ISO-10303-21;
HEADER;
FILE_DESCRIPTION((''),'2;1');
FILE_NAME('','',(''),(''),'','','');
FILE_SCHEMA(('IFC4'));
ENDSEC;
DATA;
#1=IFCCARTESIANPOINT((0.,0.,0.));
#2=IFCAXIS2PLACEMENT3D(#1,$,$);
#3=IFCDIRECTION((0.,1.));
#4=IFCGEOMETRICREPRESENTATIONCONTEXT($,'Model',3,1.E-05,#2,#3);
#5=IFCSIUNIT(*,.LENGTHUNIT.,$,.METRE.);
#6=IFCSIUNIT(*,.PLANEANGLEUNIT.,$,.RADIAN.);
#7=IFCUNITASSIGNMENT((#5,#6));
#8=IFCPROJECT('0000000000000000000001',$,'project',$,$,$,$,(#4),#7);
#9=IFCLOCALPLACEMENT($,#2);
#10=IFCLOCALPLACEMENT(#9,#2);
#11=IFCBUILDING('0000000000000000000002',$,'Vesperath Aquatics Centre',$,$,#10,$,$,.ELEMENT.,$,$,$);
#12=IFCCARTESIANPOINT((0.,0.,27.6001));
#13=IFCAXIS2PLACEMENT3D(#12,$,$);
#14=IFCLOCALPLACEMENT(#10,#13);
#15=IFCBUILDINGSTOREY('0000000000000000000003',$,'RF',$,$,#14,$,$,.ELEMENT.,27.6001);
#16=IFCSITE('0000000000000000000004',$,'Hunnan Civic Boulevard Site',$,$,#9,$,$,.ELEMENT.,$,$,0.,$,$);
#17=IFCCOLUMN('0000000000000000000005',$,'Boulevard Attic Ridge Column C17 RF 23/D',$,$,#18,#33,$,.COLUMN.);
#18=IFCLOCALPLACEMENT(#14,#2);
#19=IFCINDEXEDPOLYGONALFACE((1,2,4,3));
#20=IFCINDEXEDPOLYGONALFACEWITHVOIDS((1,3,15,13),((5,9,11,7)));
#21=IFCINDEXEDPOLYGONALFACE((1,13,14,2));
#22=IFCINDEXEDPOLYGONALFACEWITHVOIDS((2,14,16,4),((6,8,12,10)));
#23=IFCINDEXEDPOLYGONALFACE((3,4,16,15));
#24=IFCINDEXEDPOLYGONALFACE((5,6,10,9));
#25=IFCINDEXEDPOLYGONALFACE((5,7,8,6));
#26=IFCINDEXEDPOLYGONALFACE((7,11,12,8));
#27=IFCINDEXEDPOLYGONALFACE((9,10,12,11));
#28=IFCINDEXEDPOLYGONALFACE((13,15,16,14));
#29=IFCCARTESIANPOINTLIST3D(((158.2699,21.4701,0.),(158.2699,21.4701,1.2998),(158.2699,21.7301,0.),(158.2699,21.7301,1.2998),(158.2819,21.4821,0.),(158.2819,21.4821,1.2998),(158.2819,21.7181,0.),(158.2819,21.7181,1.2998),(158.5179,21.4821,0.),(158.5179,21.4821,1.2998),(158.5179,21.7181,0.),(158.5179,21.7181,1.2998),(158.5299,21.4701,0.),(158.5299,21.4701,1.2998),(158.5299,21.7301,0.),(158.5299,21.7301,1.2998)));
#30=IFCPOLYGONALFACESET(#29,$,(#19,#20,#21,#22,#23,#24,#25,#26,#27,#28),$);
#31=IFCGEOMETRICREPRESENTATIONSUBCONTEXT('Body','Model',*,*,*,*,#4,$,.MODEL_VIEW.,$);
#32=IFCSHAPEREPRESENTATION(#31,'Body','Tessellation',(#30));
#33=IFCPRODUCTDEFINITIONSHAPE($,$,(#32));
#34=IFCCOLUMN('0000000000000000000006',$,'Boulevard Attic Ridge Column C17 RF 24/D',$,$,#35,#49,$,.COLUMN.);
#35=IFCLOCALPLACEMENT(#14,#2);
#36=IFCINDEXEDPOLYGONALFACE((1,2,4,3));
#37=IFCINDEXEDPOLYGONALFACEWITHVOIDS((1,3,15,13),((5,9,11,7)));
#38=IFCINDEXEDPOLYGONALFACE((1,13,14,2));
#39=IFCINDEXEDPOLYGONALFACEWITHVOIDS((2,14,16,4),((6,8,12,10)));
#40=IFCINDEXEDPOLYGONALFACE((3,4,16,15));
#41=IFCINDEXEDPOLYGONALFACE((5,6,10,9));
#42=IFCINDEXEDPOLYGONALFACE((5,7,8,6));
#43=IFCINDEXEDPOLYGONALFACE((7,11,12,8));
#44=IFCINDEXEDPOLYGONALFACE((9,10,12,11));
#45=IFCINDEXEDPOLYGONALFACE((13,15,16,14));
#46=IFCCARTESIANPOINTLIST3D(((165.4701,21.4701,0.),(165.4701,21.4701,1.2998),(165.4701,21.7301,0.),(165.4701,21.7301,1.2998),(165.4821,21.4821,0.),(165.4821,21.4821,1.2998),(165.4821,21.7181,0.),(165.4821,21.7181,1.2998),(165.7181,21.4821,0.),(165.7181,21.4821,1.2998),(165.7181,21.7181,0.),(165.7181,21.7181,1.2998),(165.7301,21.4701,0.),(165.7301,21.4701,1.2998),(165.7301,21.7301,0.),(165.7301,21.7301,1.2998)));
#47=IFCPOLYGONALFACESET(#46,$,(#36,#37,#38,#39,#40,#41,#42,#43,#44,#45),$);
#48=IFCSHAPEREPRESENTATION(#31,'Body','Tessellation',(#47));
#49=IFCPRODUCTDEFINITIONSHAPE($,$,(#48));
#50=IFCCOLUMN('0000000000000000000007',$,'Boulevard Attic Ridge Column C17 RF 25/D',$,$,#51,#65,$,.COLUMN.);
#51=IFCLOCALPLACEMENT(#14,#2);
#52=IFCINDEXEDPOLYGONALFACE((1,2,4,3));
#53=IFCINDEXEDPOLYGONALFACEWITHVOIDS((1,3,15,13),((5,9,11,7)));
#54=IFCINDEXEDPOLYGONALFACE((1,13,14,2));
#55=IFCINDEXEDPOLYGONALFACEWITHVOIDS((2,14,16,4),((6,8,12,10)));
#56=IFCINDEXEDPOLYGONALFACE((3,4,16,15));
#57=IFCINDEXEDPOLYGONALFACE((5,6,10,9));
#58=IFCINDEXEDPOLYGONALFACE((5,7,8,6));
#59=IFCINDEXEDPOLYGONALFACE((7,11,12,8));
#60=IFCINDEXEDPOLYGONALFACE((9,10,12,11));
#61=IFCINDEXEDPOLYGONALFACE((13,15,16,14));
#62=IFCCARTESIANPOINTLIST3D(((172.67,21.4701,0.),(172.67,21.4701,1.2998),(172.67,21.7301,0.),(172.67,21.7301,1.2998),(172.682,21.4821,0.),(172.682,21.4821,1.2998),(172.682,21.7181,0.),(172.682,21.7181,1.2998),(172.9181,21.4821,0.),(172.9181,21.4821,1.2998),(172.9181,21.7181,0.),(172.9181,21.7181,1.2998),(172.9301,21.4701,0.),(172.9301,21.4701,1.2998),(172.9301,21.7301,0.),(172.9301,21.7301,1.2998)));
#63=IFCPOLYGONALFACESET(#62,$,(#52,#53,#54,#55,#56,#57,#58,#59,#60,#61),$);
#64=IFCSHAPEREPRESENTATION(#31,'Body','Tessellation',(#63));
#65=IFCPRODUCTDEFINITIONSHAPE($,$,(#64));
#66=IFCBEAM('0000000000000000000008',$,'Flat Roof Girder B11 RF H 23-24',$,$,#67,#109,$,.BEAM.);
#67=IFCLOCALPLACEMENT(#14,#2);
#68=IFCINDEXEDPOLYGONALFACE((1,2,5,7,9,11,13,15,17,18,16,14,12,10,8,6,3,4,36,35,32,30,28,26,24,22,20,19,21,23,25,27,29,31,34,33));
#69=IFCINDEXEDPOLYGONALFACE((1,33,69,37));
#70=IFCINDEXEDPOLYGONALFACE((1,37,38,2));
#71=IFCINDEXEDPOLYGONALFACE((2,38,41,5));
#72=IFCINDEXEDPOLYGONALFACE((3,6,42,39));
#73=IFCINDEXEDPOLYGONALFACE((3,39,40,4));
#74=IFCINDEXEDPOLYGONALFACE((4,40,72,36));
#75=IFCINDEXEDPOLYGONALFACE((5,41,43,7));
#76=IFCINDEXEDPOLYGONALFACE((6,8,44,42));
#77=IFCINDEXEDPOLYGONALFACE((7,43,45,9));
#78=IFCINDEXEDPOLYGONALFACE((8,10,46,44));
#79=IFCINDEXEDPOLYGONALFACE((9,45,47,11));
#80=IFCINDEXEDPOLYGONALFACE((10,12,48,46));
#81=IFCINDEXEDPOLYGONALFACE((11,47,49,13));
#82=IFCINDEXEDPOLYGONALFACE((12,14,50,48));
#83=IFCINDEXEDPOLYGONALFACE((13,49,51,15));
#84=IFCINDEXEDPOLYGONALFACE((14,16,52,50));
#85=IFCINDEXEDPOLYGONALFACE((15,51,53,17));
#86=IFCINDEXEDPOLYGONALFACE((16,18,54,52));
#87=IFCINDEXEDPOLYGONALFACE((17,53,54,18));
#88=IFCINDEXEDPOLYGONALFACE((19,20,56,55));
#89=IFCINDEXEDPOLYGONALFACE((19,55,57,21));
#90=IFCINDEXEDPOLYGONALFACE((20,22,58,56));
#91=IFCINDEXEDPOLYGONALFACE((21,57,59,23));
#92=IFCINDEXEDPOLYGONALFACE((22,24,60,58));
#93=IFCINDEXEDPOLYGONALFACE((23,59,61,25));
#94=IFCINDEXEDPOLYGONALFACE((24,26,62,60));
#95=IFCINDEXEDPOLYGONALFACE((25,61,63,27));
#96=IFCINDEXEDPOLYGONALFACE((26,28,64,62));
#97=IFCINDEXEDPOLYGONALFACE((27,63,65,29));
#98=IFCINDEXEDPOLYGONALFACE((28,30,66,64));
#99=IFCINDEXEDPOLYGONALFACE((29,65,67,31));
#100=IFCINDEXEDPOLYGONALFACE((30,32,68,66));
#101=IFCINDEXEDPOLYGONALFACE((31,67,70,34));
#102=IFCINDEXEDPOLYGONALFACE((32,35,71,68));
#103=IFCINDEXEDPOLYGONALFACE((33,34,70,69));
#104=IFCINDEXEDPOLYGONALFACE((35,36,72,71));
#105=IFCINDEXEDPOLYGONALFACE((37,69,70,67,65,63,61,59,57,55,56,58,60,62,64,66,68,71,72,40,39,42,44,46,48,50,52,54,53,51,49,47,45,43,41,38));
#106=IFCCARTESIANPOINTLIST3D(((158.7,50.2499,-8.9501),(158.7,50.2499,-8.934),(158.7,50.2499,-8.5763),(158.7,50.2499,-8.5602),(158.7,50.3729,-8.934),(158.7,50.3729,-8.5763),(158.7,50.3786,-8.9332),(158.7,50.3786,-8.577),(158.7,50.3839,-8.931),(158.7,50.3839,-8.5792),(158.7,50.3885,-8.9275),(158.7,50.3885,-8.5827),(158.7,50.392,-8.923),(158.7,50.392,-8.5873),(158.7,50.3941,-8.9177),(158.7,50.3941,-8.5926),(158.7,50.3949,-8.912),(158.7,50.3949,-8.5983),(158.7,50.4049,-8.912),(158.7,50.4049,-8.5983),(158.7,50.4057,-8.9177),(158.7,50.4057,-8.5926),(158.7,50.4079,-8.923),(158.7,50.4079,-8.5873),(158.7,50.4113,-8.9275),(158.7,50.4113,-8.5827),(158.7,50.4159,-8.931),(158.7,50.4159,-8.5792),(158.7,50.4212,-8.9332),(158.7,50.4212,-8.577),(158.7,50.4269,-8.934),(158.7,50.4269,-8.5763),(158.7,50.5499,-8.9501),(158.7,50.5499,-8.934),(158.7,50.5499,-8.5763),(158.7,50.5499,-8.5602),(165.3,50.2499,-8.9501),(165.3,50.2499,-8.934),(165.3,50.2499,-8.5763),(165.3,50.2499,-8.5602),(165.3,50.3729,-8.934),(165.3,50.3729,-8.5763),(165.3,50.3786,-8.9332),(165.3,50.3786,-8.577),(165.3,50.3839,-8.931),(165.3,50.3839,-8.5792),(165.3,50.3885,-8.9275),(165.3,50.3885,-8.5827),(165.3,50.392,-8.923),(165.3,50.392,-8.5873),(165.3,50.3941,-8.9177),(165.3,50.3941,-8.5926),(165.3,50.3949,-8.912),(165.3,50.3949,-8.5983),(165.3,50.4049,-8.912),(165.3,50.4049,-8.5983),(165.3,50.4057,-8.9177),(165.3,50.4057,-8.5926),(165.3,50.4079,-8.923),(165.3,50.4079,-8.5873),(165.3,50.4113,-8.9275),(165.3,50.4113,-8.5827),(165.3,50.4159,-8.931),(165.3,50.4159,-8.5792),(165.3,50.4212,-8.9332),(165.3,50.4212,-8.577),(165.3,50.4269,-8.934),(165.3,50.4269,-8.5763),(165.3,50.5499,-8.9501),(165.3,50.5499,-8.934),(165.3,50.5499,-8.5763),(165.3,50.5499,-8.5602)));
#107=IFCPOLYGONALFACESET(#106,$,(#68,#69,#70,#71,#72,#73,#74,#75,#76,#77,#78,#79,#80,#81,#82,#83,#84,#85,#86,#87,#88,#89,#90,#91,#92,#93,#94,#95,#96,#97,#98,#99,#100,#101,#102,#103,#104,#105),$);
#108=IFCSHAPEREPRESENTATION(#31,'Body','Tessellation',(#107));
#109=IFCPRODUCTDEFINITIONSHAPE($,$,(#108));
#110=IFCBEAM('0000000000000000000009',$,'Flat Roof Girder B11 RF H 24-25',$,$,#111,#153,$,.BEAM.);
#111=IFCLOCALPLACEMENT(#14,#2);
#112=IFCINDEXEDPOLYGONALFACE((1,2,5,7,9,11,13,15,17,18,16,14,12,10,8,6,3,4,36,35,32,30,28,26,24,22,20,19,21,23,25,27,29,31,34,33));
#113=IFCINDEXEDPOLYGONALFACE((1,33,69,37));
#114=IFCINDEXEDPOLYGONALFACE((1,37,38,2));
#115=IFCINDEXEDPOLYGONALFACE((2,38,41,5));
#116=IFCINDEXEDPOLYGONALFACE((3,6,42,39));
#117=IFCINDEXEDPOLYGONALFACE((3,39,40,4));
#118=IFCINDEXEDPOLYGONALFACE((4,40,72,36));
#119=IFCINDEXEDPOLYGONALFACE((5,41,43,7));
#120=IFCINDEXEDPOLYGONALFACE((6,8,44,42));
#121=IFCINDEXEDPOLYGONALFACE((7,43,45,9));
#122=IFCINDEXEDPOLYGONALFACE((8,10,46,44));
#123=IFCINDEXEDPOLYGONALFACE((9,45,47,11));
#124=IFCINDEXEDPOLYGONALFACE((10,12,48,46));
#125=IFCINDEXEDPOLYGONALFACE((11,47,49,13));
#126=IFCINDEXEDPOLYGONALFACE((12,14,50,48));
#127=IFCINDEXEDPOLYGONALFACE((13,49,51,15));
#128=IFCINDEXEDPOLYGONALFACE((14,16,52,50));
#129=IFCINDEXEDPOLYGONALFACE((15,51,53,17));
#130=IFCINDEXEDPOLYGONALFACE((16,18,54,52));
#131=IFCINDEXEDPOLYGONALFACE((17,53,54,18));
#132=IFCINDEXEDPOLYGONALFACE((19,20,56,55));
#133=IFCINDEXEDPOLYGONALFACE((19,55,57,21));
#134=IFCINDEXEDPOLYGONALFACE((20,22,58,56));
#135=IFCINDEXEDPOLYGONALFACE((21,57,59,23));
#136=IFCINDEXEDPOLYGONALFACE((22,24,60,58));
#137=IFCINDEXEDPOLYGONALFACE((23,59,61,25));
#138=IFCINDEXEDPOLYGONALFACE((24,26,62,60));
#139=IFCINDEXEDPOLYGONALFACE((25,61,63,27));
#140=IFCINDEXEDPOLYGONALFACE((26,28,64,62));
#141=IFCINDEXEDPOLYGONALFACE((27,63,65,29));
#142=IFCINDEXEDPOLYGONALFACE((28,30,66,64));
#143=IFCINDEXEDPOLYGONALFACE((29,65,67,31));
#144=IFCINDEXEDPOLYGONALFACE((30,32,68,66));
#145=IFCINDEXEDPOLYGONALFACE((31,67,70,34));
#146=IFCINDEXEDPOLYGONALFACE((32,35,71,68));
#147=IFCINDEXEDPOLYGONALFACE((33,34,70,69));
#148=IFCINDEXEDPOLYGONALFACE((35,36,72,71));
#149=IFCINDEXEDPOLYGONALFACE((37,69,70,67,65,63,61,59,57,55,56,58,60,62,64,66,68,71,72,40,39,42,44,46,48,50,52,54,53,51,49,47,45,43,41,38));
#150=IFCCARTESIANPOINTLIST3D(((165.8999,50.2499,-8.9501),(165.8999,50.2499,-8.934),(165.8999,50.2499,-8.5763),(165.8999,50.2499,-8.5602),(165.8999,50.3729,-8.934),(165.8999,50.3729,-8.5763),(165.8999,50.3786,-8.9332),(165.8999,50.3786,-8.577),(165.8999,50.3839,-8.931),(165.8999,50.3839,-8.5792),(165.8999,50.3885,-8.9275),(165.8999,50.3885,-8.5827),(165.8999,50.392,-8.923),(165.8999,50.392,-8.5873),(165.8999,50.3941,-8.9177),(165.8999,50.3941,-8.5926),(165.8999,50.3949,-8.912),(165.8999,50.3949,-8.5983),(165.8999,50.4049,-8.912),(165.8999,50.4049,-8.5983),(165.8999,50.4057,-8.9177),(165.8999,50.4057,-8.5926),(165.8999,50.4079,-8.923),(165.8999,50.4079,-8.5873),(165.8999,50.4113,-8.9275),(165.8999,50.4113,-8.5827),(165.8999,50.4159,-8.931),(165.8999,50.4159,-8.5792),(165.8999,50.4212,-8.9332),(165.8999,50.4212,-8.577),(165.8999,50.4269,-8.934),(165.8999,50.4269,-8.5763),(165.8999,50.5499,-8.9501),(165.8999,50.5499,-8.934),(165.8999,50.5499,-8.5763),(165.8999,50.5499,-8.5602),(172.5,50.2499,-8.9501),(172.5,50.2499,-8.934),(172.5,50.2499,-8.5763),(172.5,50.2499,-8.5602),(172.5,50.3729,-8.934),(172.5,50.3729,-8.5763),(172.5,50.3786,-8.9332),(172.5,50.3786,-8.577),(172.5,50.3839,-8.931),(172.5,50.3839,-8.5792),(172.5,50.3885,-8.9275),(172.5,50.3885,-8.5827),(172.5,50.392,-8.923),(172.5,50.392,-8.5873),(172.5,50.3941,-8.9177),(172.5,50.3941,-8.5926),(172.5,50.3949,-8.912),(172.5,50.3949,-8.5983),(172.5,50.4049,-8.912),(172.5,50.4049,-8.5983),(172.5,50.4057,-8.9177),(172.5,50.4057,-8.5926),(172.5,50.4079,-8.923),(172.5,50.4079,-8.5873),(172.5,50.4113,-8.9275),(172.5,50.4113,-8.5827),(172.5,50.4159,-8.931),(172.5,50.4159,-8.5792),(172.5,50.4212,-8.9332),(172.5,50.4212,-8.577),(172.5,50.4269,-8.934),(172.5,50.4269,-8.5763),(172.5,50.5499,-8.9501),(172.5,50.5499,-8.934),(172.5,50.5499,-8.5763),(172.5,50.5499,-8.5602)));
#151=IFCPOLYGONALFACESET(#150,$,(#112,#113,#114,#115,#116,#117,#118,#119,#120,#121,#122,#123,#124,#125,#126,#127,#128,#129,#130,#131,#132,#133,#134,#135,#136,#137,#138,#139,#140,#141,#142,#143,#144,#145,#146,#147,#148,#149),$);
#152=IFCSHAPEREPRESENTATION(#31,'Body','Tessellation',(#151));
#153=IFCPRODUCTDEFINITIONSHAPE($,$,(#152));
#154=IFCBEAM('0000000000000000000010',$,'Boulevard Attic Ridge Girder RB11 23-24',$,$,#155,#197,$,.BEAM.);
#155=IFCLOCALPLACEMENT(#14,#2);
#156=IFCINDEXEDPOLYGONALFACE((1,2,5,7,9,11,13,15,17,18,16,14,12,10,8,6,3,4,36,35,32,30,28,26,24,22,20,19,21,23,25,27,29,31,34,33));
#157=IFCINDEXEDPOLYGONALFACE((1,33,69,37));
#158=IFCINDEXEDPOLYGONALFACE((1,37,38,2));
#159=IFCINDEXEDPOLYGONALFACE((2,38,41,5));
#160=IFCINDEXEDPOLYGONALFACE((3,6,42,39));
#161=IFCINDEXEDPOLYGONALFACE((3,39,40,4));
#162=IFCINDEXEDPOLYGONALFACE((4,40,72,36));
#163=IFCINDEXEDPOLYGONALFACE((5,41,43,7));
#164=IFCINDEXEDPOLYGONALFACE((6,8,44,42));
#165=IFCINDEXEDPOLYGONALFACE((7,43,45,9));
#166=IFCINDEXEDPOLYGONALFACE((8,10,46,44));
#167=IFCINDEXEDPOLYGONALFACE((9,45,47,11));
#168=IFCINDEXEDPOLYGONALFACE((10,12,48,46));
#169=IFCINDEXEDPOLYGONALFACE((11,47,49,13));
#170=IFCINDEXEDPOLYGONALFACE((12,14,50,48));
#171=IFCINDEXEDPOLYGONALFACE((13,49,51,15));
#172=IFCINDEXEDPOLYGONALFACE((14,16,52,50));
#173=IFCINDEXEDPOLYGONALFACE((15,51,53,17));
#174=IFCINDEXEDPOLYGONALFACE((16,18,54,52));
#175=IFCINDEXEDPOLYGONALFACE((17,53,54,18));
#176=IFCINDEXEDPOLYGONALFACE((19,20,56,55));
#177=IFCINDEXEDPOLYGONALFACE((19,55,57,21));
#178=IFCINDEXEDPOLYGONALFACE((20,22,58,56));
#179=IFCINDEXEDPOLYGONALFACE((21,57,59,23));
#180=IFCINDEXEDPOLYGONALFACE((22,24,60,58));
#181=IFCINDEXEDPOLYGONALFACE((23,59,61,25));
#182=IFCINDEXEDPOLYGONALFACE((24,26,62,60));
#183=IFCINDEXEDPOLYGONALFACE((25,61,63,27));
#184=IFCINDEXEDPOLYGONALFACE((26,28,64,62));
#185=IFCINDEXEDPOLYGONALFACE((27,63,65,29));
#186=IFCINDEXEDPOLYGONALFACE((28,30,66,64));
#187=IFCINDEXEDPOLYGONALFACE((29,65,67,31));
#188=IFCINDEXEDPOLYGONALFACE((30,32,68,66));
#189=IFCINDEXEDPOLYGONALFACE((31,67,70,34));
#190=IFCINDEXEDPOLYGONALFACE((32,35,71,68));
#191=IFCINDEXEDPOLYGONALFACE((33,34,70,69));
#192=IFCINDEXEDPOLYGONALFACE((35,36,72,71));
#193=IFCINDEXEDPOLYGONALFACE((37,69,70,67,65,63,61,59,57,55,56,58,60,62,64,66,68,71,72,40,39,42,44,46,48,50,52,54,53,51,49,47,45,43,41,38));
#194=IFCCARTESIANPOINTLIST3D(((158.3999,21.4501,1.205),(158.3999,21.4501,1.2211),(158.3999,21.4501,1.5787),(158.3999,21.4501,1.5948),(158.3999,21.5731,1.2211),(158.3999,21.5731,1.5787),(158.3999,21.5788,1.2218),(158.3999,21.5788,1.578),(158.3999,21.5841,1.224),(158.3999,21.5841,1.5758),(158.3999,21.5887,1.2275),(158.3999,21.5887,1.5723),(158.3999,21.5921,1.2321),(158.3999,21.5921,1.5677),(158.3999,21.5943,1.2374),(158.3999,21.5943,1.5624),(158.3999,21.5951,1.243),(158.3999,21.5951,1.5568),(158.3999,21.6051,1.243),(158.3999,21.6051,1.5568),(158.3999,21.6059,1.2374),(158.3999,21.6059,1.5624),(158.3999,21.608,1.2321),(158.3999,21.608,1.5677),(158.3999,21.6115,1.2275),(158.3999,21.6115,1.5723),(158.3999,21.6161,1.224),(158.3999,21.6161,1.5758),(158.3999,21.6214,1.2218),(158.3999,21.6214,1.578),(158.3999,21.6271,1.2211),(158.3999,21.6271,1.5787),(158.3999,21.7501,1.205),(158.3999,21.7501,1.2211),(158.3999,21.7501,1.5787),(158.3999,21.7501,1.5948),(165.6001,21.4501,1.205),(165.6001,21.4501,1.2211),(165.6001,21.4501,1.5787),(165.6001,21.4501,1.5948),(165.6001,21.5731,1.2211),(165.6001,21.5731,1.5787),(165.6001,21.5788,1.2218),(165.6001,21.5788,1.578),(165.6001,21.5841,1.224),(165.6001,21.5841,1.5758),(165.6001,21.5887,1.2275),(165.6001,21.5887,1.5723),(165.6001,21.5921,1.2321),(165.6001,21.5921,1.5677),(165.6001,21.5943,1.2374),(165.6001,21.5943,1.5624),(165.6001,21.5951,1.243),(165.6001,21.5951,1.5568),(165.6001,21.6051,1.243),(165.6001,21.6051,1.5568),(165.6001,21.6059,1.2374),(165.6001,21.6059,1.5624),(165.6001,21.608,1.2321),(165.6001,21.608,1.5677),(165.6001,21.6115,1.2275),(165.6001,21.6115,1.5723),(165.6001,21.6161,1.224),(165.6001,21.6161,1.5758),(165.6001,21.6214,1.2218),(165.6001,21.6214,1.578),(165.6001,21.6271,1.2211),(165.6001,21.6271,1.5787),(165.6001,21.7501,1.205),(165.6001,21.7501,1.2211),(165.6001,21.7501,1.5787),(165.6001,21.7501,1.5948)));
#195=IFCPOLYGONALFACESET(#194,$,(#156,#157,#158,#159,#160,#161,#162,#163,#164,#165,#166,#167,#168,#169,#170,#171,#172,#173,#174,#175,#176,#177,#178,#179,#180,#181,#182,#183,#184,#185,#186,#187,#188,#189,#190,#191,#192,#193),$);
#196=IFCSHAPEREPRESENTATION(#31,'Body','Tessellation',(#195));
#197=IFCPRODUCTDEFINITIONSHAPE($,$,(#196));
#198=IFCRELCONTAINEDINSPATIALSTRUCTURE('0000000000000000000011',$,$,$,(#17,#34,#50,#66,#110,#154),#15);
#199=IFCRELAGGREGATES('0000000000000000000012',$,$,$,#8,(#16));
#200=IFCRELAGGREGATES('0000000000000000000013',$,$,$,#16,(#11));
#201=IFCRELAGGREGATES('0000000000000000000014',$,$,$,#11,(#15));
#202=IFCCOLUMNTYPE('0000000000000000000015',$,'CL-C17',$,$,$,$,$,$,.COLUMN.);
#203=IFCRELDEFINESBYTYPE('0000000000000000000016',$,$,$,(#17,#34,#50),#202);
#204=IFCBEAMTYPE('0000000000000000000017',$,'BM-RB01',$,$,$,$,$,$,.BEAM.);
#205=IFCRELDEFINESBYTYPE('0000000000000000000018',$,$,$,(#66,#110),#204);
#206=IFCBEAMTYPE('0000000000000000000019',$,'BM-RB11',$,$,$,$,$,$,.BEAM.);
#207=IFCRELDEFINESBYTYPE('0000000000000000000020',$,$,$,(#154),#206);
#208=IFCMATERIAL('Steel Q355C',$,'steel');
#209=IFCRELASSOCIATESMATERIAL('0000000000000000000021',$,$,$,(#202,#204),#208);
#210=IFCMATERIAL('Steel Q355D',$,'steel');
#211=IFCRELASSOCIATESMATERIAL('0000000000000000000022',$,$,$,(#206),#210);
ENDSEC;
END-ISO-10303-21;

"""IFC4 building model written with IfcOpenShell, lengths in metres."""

from ifc_helpers import new_model, si_unit, direction, frame, origin, origin_2d, place, context, subcontext, project, spatial, hollow_rectangle, i_section, extrude, material, material_profile, profile_set, type_object, element, save


model = new_model("IFC4")

# Units and contexts
model_context = context("Model", 3, precision=1e-05, world=origin(), true_north=direction((0.0, 1.0)))
body_context = subcontext(model_context, "Body", "Model", "MODEL_VIEW")
ifc_project = project(units=[si_unit("LENGTHUNIT", "METRE"), si_unit("PLANEANGLEUNIT", "RADIAN")], contexts=[model_context])

# Site, building, storey
site_placement = place(None, origin())
site = spatial("IfcSite", under=ifc_project, at=site_placement, Name="Hunnan Civic Boulevard Site", CompositionType="ELEMENT", RefElevation=0.0)
building_placement = place(site_placement, origin())
building = spatial("IfcBuilding", under=site, at=building_placement, Name="Vesperath Aquatics Centre", CompositionType="ELEMENT")
storey_placement = place(building_placement, frame((0.0, 0.0, 27.6001)))
storey = spatial("IfcBuildingStorey", under=building, at=storey_placement, Name="RF", CompositionType="ELEMENT", Elevation=27.6001)

# Columns
ifc_material_1 = material(Name="Steel Q355C", Category="steel")
ifc_material_profile_1 = material_profile(ifc_material_1, hollow_rectangle(XDim=0.26, YDim=0.26, WallThickness=0.012, at=origin_2d()), Name="SHS 260x260x12")
ifc_profile_set_1 = profile_set([ifc_material_profile_1], Name="Steel Q355C")
column_type = type_object("IfcColumnType", Name="CL-C17", PredefinedType="COLUMN", material=ifc_profile_set_1)
for number, where, z_axis, x_axis, name in (
    (1, (158.3999, 21.6001, 0.0), (0.0, 0.0, 1.0), (1.0, 0.0, 0.0), "Boulevard Attic Ridge Column C17 RF 23/D"),
    (2, (165.6001, 21.6001, 0.0), (0.0, 0.0, 1.0), (1.0, 0.0, 0.0), "Boulevard Attic Ridge Column C17 RF 24/D"),
    (3, (172.8, 21.6001, 0.0), (0.0, 0.0, 1.0), (1.0, 0.0, 0.0), "Boulevard Attic Ridge Column C17 RF 25/D"),
):
    element("IfcColumn", number, at=place(storey_placement, frame(where, z_axis=z_axis, x_axis=x_axis)), inside=storey, type_object=column_type, Name=name, PredefinedType="COLUMN", context=body_context, shape_type="SweptSolid", body=[
        extrude(hollow_rectangle(XDim=0.26, YDim=0.26, WallThickness=0.012, at=origin_2d()), origin(), (0.0, 0.0, 1.0), 1.2998),
    ])

# Beams
ifc_material_profile_2 = material_profile(ifc_material_1, i_section(OverallWidth=0.3, OverallDepth=0.3899, WebThickness=0.01, FlangeThickness=0.0161, FilletRadius=0.022, at=origin_2d()), Name="HM 390x300x10x16")
ifc_profile_set_2 = profile_set([ifc_material_profile_2], Name="Steel Q355C")
beam_type_1 = type_object("IfcBeamType", Name="BM-RB01", PredefinedType="BEAM", material=ifc_profile_set_2)
for number, where, z_axis, x_axis, name in (
    (4, (158.7, 50.3999, -8.7551), (1.0, 0.0, 0.0), (0.0, 1.0, 0.0), "Flat Roof Girder B11 RF H 23-24"),
    (5, (165.8999, 50.3999, -8.7551), (1.0, 0.0, 0.0), (0.0, 1.0, 0.0), "Flat Roof Girder B11 RF H 24-25"),
):
    element("IfcBeam", number, at=place(storey_placement, frame(where, z_axis=z_axis, x_axis=x_axis)), inside=storey, type_object=beam_type_1, Name=name, PredefinedType="BEAM", context=body_context, shape_type="SweptSolid", body=[
        extrude(i_section(OverallWidth=0.3, OverallDepth=0.3899, WebThickness=0.01, FlangeThickness=0.0161, FilletRadius=0.022, at=origin_2d()), origin(), (0.0, 0.0, 1.0), 6.6001),
    ])
ifc_material_2 = material(Name="Steel Q355D", Category="steel")
ifc_material_profile_3 = material_profile(ifc_material_2, i_section(OverallWidth=0.3, OverallDepth=0.3899, WebThickness=0.01, FlangeThickness=0.0161, FilletRadius=0.022, at=origin_2d()), Name="HM 390x300x10x16")
ifc_profile_set_3 = profile_set([ifc_material_profile_3], Name="Steel Q355D")
beam_type_2 = type_object("IfcBeamType", Name="BM-RB11", PredefinedType="BEAM", material=ifc_profile_set_3)
beam_1_placement = place(storey_placement, frame((158.3999, 21.6001, 1.3999), z_axis=(1.0, 0.0, 0.0), x_axis=(0.0, 1.0, 0.0)))
element("IfcBeam", 6, at=beam_1_placement, inside=storey, type_object=beam_type_2, Name="Boulevard Attic Ridge Girder RB11 23-24", PredefinedType="BEAM", context=body_context, shape_type="SweptSolid", body=[
    extrude(i_section(OverallWidth=0.3, OverallDepth=0.3899, WebThickness=0.01, FlangeThickness=0.0161, FilletRadius=0.022, at=origin_2d()), origin(), (0.0, 0.0, 1.0), 7.2002),
])

save(model, "model.ifc")
